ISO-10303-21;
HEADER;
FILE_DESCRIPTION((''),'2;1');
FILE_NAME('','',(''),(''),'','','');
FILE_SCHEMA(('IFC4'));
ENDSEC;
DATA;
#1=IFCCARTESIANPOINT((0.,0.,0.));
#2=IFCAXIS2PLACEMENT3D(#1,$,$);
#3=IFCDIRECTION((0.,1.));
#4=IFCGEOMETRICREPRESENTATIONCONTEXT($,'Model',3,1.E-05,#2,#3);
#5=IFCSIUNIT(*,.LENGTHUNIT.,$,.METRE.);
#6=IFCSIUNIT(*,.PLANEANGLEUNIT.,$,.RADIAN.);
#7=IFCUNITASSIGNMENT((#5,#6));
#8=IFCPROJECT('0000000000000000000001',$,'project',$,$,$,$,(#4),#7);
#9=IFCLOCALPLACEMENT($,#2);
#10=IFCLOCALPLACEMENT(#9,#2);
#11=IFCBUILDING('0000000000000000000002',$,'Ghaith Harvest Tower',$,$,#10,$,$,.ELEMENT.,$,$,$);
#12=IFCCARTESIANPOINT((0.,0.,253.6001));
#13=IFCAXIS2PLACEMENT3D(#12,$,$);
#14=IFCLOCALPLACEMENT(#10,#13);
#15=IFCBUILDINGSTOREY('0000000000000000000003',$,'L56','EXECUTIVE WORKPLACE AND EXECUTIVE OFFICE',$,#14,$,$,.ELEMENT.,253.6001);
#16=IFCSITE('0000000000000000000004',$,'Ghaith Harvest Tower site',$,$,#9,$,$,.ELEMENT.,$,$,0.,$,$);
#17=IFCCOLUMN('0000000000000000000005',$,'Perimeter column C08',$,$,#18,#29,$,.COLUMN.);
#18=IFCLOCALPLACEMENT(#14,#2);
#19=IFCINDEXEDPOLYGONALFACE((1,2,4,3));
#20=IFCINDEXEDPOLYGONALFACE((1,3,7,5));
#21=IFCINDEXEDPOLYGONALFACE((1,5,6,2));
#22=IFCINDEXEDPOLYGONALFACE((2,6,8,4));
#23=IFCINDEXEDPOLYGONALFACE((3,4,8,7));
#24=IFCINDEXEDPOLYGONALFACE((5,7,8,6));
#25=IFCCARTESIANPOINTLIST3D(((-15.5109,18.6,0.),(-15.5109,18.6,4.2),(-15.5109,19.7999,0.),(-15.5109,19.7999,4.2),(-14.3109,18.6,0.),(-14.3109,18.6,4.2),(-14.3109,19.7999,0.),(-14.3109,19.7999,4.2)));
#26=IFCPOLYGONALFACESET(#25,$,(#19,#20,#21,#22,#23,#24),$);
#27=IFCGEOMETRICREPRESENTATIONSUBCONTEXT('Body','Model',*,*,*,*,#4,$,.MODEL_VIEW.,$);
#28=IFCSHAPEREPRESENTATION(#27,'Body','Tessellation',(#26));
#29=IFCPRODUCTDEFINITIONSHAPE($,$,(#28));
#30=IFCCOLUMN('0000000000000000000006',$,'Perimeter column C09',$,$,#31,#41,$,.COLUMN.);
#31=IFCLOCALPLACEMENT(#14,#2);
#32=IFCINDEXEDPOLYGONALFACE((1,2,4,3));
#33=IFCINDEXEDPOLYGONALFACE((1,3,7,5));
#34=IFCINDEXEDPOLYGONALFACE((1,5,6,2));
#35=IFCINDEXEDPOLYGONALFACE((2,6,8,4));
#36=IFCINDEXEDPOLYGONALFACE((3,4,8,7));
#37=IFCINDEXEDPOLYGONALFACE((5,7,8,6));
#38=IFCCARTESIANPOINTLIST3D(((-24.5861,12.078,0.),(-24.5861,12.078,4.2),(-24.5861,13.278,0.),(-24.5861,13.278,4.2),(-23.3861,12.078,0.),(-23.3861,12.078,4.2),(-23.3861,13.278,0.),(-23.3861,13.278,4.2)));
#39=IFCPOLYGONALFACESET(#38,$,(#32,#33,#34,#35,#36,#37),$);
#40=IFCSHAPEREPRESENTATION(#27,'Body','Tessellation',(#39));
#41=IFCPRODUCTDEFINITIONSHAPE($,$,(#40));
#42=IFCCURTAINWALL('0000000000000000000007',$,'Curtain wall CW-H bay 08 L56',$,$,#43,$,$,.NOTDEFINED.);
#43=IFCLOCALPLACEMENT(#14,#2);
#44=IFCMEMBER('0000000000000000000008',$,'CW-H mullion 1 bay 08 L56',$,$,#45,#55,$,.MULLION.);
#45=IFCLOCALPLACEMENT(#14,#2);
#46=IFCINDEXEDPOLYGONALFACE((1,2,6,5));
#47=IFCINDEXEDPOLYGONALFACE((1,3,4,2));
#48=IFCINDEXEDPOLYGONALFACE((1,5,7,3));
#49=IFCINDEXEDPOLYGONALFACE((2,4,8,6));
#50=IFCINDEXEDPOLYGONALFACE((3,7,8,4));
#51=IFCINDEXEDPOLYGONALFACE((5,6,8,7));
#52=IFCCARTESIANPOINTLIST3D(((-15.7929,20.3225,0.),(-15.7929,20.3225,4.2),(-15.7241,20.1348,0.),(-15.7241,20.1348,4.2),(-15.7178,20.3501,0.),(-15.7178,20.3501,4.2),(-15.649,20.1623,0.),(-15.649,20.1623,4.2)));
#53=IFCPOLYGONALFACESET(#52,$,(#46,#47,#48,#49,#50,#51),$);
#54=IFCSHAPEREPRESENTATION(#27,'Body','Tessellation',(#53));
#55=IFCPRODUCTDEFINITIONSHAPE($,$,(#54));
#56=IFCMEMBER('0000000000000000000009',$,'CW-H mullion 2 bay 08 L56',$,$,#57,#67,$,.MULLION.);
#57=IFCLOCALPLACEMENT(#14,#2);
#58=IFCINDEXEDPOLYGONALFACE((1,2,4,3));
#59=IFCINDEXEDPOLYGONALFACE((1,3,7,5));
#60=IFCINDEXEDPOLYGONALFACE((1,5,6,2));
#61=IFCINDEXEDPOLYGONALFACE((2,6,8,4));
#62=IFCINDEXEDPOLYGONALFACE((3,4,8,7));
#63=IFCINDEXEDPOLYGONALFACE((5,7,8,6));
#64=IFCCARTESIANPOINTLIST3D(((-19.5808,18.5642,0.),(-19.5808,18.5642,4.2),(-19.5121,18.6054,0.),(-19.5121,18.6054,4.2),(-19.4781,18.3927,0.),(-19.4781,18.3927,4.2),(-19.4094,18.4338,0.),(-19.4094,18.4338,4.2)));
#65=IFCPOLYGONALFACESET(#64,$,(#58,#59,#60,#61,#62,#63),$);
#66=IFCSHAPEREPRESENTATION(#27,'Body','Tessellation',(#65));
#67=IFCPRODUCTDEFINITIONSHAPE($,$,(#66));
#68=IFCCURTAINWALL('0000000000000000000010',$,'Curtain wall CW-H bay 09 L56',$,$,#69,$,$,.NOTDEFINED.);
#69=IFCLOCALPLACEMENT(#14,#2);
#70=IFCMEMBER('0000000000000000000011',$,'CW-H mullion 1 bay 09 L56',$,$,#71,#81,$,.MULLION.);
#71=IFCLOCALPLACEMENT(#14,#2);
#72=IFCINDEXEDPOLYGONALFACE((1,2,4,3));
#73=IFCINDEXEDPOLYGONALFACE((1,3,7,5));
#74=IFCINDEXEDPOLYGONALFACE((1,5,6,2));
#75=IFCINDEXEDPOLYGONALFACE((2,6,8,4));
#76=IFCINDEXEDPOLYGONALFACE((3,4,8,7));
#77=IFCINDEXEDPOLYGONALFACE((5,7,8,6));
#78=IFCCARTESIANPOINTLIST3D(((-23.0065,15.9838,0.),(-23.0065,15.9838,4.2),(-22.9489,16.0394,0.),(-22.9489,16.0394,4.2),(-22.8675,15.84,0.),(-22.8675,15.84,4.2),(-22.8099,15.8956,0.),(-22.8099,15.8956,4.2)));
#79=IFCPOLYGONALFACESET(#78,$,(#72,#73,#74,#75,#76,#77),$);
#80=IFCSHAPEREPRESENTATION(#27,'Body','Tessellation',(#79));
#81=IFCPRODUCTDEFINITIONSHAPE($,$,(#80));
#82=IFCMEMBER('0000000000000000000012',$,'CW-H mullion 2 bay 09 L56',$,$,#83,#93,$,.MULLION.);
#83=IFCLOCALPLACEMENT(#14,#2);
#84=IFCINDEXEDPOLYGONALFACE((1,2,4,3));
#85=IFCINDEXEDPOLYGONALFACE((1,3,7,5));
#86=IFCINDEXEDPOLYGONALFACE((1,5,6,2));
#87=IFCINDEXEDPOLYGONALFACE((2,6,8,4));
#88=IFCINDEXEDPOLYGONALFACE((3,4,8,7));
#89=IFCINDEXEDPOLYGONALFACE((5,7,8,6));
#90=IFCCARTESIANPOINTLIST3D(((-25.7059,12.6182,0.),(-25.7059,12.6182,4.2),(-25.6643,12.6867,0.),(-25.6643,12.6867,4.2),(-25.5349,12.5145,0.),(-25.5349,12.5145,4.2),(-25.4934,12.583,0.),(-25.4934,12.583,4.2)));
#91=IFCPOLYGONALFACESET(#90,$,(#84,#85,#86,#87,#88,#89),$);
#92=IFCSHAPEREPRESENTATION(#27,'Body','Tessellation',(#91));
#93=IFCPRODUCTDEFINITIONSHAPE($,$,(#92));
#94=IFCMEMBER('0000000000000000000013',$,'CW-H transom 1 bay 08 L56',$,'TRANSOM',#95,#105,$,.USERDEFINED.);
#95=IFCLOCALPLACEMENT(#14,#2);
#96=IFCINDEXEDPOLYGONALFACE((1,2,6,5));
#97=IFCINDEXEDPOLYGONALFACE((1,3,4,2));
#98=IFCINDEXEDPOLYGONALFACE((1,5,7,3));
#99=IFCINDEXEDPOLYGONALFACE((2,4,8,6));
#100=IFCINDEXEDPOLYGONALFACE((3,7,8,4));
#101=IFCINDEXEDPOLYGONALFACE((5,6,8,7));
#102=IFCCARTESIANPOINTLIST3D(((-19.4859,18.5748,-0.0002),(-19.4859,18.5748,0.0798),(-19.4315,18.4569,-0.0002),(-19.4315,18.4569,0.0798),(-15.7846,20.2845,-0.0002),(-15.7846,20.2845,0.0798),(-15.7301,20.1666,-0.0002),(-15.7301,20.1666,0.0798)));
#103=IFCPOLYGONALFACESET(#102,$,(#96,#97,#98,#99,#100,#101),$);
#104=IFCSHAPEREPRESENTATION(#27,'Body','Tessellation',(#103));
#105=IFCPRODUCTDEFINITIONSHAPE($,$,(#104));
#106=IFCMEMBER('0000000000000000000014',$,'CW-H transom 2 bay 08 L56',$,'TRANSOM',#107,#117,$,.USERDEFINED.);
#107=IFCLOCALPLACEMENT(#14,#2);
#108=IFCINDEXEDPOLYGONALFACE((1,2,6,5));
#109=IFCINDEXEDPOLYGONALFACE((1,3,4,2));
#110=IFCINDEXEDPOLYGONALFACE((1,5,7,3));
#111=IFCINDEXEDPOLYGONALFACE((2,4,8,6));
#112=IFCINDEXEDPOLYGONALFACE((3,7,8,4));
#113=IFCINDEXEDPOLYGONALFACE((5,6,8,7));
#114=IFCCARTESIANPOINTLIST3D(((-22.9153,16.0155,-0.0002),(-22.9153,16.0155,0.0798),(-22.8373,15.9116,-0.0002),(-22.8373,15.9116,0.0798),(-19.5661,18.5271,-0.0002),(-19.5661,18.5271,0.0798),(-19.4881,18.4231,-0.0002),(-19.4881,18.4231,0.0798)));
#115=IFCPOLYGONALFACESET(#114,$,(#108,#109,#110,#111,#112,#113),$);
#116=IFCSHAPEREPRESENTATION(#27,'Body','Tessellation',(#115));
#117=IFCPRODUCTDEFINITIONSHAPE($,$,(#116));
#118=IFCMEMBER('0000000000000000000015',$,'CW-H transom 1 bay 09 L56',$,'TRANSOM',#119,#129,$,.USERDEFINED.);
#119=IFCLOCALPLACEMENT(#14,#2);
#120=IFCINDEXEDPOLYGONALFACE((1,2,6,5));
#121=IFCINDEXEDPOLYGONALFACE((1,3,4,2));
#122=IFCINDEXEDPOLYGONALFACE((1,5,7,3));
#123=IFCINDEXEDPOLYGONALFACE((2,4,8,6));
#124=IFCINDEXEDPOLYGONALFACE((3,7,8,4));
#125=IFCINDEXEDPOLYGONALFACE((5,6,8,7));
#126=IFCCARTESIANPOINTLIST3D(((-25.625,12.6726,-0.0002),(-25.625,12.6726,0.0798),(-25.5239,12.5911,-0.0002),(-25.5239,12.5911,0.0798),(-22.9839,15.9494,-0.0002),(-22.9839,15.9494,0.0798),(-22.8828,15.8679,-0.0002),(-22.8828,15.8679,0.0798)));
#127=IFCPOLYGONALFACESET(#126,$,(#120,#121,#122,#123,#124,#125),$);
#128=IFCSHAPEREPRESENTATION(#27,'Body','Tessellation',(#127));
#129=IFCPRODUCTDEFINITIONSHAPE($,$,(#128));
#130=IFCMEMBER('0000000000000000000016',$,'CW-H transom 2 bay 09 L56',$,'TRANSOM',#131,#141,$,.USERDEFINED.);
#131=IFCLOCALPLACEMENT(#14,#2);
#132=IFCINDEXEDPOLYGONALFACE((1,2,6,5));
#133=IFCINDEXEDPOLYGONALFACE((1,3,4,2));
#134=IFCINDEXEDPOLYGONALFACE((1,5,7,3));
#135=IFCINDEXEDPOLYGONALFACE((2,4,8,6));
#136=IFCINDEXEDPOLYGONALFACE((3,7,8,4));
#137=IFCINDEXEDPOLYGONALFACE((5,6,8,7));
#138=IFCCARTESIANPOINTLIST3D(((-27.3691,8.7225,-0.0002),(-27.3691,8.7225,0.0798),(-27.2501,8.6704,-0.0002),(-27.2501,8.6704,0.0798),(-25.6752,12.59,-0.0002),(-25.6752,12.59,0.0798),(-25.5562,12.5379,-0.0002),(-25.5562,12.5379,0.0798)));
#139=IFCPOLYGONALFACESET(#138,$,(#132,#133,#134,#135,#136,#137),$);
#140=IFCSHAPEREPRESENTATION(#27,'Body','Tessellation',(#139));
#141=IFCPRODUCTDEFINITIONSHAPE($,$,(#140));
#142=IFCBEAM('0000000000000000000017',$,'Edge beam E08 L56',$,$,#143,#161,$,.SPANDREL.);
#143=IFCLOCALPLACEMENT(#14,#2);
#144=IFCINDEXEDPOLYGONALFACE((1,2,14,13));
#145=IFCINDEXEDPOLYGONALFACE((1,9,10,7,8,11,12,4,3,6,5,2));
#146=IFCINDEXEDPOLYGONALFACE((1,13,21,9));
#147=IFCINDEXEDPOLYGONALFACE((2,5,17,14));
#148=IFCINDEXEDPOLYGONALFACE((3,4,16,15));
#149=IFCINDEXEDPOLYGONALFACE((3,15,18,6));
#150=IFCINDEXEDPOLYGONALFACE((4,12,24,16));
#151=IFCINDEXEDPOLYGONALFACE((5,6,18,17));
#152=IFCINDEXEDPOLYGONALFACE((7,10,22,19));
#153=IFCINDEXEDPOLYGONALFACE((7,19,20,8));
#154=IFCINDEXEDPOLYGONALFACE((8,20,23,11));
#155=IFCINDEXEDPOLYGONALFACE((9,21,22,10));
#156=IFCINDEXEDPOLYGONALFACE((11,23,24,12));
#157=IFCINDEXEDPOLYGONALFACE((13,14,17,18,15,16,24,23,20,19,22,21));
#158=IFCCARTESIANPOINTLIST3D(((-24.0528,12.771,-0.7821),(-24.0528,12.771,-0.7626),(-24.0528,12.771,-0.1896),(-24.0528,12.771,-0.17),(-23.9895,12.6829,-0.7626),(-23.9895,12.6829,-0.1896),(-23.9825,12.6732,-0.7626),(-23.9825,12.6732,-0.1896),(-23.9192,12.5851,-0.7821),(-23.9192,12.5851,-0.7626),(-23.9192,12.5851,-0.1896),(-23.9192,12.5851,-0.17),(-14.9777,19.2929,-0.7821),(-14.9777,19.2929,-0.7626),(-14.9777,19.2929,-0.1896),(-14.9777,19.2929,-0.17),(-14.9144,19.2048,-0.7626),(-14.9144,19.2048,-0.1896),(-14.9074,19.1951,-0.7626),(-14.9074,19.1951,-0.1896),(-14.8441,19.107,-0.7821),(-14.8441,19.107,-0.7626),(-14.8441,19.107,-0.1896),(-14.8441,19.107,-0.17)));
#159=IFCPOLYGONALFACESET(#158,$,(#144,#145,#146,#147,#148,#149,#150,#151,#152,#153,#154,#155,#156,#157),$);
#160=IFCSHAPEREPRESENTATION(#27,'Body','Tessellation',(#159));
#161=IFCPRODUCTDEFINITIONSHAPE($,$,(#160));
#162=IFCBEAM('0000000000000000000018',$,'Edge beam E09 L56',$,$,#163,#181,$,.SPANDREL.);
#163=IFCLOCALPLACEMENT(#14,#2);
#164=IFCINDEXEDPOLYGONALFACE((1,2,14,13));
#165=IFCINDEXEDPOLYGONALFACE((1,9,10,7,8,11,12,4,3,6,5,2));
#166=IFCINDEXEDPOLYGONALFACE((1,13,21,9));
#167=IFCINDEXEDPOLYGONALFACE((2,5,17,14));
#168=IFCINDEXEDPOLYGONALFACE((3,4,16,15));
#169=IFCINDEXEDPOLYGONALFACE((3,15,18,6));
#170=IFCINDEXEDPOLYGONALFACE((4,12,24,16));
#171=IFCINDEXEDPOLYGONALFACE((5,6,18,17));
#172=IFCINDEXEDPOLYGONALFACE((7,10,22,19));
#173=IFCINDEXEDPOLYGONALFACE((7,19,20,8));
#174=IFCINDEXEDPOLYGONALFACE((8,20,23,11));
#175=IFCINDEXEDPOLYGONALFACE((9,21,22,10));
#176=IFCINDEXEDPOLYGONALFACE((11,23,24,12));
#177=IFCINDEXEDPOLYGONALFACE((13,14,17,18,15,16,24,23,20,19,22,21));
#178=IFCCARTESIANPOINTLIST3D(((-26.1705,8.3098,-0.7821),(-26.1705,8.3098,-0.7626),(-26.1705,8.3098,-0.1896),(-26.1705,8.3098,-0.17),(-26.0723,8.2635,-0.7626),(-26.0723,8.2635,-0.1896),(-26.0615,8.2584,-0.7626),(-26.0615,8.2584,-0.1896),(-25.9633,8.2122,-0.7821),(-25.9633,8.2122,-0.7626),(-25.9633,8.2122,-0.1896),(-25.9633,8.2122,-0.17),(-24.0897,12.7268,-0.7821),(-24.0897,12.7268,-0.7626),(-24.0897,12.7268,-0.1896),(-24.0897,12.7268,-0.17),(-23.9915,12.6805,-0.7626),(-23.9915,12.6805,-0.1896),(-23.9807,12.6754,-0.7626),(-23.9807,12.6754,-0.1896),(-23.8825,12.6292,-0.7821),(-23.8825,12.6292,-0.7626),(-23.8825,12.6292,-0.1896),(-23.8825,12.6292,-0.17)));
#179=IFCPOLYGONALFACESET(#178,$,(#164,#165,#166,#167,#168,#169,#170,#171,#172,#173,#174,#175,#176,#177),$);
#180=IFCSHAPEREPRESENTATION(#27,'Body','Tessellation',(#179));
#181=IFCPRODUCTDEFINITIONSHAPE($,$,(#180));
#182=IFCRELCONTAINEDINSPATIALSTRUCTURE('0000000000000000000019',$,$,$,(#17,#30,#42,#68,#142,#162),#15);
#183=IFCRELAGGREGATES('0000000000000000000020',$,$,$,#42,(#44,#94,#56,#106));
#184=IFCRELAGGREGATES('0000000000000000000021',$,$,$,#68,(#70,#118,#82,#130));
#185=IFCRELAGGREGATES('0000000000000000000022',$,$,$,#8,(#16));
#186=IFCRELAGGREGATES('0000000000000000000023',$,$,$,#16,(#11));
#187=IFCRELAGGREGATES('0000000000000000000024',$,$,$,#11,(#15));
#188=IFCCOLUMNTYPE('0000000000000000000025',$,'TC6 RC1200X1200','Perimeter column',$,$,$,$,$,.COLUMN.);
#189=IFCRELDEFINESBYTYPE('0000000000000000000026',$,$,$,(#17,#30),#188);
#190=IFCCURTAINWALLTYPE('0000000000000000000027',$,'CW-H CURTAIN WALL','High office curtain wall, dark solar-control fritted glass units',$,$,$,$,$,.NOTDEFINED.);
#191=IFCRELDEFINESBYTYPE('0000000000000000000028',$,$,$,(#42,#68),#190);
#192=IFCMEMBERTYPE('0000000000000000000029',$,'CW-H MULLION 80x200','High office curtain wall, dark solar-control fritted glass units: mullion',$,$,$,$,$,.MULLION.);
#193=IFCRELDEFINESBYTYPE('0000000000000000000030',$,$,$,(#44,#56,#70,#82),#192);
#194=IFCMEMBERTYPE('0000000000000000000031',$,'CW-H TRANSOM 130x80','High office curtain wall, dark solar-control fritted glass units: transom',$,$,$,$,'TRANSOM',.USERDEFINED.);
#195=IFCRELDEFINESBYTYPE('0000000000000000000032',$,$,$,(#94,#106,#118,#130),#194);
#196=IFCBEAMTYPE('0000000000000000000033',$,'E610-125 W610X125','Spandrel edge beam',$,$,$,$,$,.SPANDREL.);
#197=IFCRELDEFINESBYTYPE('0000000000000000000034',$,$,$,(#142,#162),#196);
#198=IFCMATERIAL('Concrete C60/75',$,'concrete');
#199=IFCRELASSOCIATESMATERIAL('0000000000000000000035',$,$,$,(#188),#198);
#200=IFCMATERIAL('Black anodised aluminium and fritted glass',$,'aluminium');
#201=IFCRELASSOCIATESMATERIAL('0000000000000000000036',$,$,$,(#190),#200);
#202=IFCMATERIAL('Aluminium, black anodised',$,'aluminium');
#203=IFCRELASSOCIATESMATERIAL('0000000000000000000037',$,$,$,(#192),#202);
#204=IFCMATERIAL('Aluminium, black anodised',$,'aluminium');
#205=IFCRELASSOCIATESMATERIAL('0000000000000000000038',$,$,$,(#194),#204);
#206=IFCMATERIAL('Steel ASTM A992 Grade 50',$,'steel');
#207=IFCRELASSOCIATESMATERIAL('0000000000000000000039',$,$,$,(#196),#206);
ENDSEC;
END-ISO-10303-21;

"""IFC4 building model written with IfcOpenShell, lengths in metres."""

from ifc_helpers import new_model, si_unit, direction, frame, origin, origin_2d, place, context, subcontext, project, spatial, rectangle, i_section, extrude, material, material_profile, profile_set, type_object, element, aggregate, save


model = new_model("IFC4")

# Units and contexts
model_context = context("Model", 3, precision=1e-05, world=origin(), true_north=direction((0.0, 1.0)))
body_context = subcontext(model_context, "Body", "Model", "MODEL_VIEW")
ifc_project = project(units=[si_unit("LENGTHUNIT", "METRE"), si_unit("PLANEANGLEUNIT", "RADIAN")], contexts=[model_context])

# Site, building, storey
site_placement = place(None, origin())
site = spatial("IfcSite", under=ifc_project, at=site_placement, Name="Ghaith Harvest Tower site", CompositionType="ELEMENT", RefElevation=0.0)
building_placement = place(site_placement, origin())
building = spatial("IfcBuilding", under=site, at=building_placement, Name="Ghaith Harvest Tower", CompositionType="ELEMENT")
storey_placement = place(building_placement, frame((0.0, 0.0, 253.6001)))
storey = spatial("IfcBuildingStorey", under=building, at=storey_placement, Name="L56", Description="EXECUTIVE WORKPLACE AND EXECUTIVE OFFICE", CompositionType="ELEMENT", Elevation=253.6001)

# Columns
ifc_material_1 = material(Name="Concrete C60/75", Category="concrete")
ifc_material_profile_1 = material_profile(ifc_material_1, rectangle(XDim=1.2, YDim=1.2, at=origin_2d()), Name="RC1200X1200")
ifc_profile_set_1 = profile_set([ifc_material_profile_1], Name="Concrete C60/75")
column_type = type_object("IfcColumnType", Name="TC6 RC1200X1200", Description="Perimeter column", PredefinedType="COLUMN", material=ifc_profile_set_1)
for number, where, z_axis, x_axis, name in (
    (1, (-14.9109, 19.2, 0.0), (0.0, 0.0, 1.0), (1.0, 0.0, 0.0), "Perimeter column C08"),
    (2, (-23.9861, 12.678, 0.0), (0.0, 0.0, 1.0), (1.0, 0.0, 0.0), "Perimeter column C09"),
):
    element("IfcColumn", number, at=place(storey_placement, frame(where, z_axis=z_axis, x_axis=x_axis)), inside=storey, type_object=column_type, Name=name, PredefinedType="COLUMN", context=body_context, shape_type="SweptSolid", body=[
        extrude(rectangle(XDim=1.2, YDim=1.2, at=origin_2d()), origin(), (0.0, 0.0, 1.0), 4.2),
    ])

# Curtain walls, members
ifc_material_2 = material(Name="Black anodised aluminium and fritted glass", Category="aluminium")
curtain_wall_type = type_object("IfcCurtainWallType", Name="CW-H CURTAIN WALL", Description="High office curtain wall, dark solar-control fritted glass units", PredefinedType="NOTDEFINED", material=ifc_material_2)
curtain_wall_1_placement = place(storey_placement, origin())
curtain_wall_1 = element("IfcCurtainWall", 3, at=curtain_wall_1_placement, inside=storey, type_object=curtain_wall_type, Name="Curtain wall CW-H bay 08 L56", PredefinedType="NOTDEFINED")
ifc_material_3 = material(Name="Aluminium, black anodised", Category="aluminium")
ifc_material_profile_2 = material_profile(ifc_material_3, rectangle(XDim=0.0801, YDim=0.2, at=origin_2d()), Name="CW-H MULLION 80x200")
ifc_profile_set_2 = profile_set([ifc_material_profile_2], Name="Aluminium, black anodised")
member_type_1 = type_object("IfcMemberType", Name="CW-H MULLION 80x200", Description="High office curtain wall, dark solar-control fritted glass units: mullion", PredefinedType="MULLION", material=ifc_profile_set_2)
member_1_placement = place(storey_placement, frame((-15.7209, 20.2424, 0.0), z_axis=(0.0, 0.0, 1.0), x_axis=(-0.938931, -0.344106, 0.0)))
member_1 = element("IfcMember", 4, at=member_1_placement, type_object=member_type_1, Name="CW-H mullion 1 bay 08 L56", PredefinedType="MULLION", context=body_context, shape_type="SweptSolid", body=[
    extrude(rectangle(XDim=0.0801, YDim=0.2, at=origin_2d()), origin(), (0.0, 0.0, 1.0), 4.2),
])
member_2_placement = place(storey_placement, frame((-19.4951, 18.499, 0.0), z_axis=(0.0, 0.0, 1.0), x_axis=(-0.857999, -0.513652, 0.0)))
member_2 = element("IfcMember", 5, at=member_2_placement, type_object=member_type_1, Name="CW-H mullion 2 bay 08 L56", PredefinedType="MULLION", context=body_context, shape_type="SweptSolid", body=[
    extrude(rectangle(XDim=0.0801, YDim=0.2, at=origin_2d()), origin(), (0.0, 0.0, 1.0), 4.2),
])
curtain_wall_2_placement = place(storey_placement, origin())
curtain_wall_2 = element("IfcCurtainWall", 6, at=curtain_wall_2_placement, inside=storey, type_object=curtain_wall_type, Name="Curtain wall CW-H bay 09 L56", PredefinedType="NOTDEFINED")
member_3_placement = place(storey_placement, frame((-22.9082, 15.9397, 0.0), z_axis=(0.0, 0.0, 1.0), x_axis=(-0.719146, -0.694859, 0.0)))
member_3 = element("IfcMember", 7, at=member_3_placement, type_object=member_type_1, Name="CW-H mullion 1 bay 09 L56", PredefinedType="MULLION", context=body_context, shape_type="SweptSolid", body=[
    extrude(rectangle(XDim=0.0801, YDim=0.2, at=origin_2d()), origin(), (0.0, 0.0, 1.0), 4.2),
])
member_4_placement = place(storey_placement, frame((-25.5996, 12.6006, 0.0), z_axis=(0.0, 0.0, 1.0), x_axis=(-0.518769, -0.854914, 0.0)))
member_4 = element("IfcMember", 8, at=member_4_placement, type_object=member_type_1, Name="CW-H mullion 2 bay 09 L56", PredefinedType="MULLION", context=body_context, shape_type="SweptSolid", body=[
    extrude(rectangle(XDim=0.0801, YDim=0.2, at=origin_2d()), origin(), (0.0, 0.0, 1.0), 4.2),
])

# Members
ifc_material_4 = material(Name="Aluminium, black anodised", Category="aluminium")
ifc_material_profile_3 = material_profile(ifc_material_4, rectangle(XDim=0.1299, YDim=0.0801, at=origin_2d()), Name="CW-H TRANSOM 130x80")
ifc_profile_set_3 = profile_set([ifc_material_profile_3], Name="Aluminium, black anodised")
member_type_2 = type_object("IfcMemberType", Name="CW-H TRANSOM 130x80", Description="High office curtain wall, dark solar-control fritted glass units: transom", ElementType="TRANSOM", PredefinedType="USERDEFINED", material=ifc_profile_set_3)
member_5_placement = place(storey_placement, frame((-15.7573, 20.2256, 0.0398), z_axis=(-0.907831, -0.419335, 0.0), x_axis=(0.419335, -0.907831, 0.0)))
member_5 = element("IfcMember", 9, at=member_5_placement, type_object=member_type_2, Name="CW-H transom 1 bay 08 L56", ObjectType="TRANSOM", PredefinedType="USERDEFINED", context=body_context, shape_type="SweptSolid", body=[
    extrude(rectangle(XDim=0.1299, YDim=0.0801, at=origin_2d()), origin(), (0.0, 0.0, 1.0), 4.0771),
])
member_6_placement = place(storey_placement, frame((-19.5271, 18.4751, 0.0398), z_axis=(-0.800042, -0.599944, 0.0), x_axis=(0.599944, -0.800042, 0.0)))
member_6 = element("IfcMember", 10, at=member_6_placement, type_object=member_type_2, Name="CW-H transom 2 bay 08 L56", ObjectType="TRANSOM", PredefinedType="USERDEFINED", context=body_context, shape_type="SweptSolid", body=[
    extrude(rectangle(XDim=0.1299, YDim=0.0801, at=origin_2d()), origin(), (0.0, 0.0, 1.0), 4.1863),
])
member_7_placement = place(storey_placement, frame((-22.9333, 15.9087, 0.0398), z_axis=(-0.627535, -0.778589, 0.0), x_axis=(0.778589, -0.627535, 0.0)))
member_7 = element("IfcMember", 11, at=member_7_placement, type_object=member_type_2, Name="CW-H transom 1 bay 09 L56", ObjectType="TRANSOM", PredefinedType="USERDEFINED", context=body_context, shape_type="SweptSolid", body=[
    extrude(rectangle(XDim=0.1299, YDim=0.0801, at=origin_2d()), origin(), (0.0, 0.0, 1.0), 4.2087),
])
member_8_placement = place(storey_placement, frame((-25.6157, 12.564, 0.0398), z_axis=(-0.401186, -0.915997, 0.0), x_axis=(0.915997, -0.401186, 0.0)))
member_8 = element("IfcMember", 12, at=member_8_placement, type_object=member_type_2, Name="CW-H transom 2 bay 09 L56", ObjectType="TRANSOM", PredefinedType="USERDEFINED", context=body_context, shape_type="SweptSolid", body=[
    extrude(rectangle(XDim=0.1299, YDim=0.0801, at=origin_2d()), origin(), (0.0, 0.0, 1.0), 4.2222),
])

# Beams
ifc_material_5 = material(Name="Steel ASTM A992 Grade 50", Category="steel")
ifc_material_profile_4 = material_profile(ifc_material_5, i_section(OverallWidth=0.229, OverallDepth=0.6121, WebThickness=0.012, FlangeThickness=0.0195, at=origin_2d()), Name="W610X125")
ifc_profile_set_4 = profile_set([ifc_material_profile_4], Name="Steel ASTM A992 Grade 50")
beam_type = type_object("IfcBeamType", Name="E610-125 W610X125", Description="Spandrel edge beam", PredefinedType="SPANDREL", material=ifc_profile_set_4)
beam_1_placement = place(storey_placement, frame((-14.9109, 19.2, -0.4761), z_axis=(-0.81205, -0.583587, 0.0), x_axis=(0.583587, -0.81205, 0.0)))
element("IfcBeam", 13, at=beam_1_placement, inside=storey, type_object=beam_type, Name="Edge beam E08 L56", PredefinedType="SPANDREL", context=body_context, shape_type="SweptSolid", body=[
    extrude(i_section(OverallWidth=0.229, OverallDepth=0.6121, WebThickness=0.012, FlangeThickness=0.0195, at=origin_2d()), origin(), (0.0, 0.0, 1.0), 11.1755),
])
beam_2_placement = place(storey_placement, frame((-23.9861, 12.678, -0.4761), z_axis=(-0.42617, -0.904643, 0.0), x_axis=(0.904643, -0.42617, 0.0)))
element("IfcBeam", 14, at=beam_2_placement, inside=storey, type_object=beam_type, Name="Edge beam E09 L56", PredefinedType="SPANDREL", context=body_context, shape_type="SweptSolid", body=[
    extrude(i_section(OverallWidth=0.229, OverallDepth=0.6121, WebThickness=0.012, FlangeThickness=0.0195, at=origin_2d()), origin(), (0.0, 0.0, 1.0), 4.8826),
])

aggregate(curtain_wall_1, [member_1, member_5, member_2, member_6])
aggregate(curtain_wall_2, [member_3, member_7, member_4, member_8])

save(model, "model.ifc")
